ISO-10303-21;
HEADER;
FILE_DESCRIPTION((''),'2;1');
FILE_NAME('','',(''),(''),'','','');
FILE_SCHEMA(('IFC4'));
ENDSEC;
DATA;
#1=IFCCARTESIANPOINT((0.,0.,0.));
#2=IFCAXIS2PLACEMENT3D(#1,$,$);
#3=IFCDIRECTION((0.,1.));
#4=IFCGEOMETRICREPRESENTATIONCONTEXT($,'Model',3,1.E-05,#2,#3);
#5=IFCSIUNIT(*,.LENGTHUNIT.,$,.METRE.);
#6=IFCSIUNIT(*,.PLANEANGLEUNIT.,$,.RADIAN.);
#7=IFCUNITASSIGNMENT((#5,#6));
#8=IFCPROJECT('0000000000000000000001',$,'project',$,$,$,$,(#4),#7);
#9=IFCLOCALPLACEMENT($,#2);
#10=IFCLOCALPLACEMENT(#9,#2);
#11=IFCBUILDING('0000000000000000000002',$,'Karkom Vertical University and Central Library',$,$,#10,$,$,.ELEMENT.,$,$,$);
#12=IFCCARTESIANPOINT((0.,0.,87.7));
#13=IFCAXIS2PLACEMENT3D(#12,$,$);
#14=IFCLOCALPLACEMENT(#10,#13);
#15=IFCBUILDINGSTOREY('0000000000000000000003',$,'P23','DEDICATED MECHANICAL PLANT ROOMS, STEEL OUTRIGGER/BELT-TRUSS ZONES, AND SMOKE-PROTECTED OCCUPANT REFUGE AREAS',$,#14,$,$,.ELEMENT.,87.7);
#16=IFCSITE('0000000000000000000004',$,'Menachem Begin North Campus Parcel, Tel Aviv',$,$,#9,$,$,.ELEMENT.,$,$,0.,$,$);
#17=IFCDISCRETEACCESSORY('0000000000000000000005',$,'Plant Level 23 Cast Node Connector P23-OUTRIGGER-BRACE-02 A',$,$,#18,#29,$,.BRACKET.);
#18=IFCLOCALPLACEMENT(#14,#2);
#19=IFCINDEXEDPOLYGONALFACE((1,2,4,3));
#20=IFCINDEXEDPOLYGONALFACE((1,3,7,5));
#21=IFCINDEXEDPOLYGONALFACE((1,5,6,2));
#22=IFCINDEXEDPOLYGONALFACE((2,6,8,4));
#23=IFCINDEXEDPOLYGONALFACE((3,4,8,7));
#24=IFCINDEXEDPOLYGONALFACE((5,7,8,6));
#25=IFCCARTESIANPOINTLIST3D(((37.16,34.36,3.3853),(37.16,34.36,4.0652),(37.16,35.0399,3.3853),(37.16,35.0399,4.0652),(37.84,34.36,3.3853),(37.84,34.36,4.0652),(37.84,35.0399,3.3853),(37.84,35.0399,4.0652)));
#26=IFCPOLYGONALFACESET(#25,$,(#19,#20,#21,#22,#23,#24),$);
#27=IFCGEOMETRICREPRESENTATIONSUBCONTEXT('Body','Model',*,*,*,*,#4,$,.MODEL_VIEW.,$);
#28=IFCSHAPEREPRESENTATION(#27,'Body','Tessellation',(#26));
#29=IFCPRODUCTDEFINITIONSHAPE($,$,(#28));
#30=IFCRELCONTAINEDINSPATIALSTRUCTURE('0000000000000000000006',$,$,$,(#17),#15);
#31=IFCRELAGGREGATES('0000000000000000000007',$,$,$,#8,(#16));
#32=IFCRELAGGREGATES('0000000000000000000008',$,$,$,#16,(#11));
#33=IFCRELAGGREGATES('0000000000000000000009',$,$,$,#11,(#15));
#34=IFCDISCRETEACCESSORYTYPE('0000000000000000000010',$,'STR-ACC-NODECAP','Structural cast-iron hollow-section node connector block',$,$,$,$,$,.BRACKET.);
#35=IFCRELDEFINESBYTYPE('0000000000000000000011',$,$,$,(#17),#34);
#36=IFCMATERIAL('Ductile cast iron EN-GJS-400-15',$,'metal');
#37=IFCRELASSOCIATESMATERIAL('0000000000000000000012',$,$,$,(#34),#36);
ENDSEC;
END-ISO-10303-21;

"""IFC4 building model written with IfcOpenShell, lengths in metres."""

from ifc_helpers import new_model, si_unit, direction, frame, origin, origin_with_axes, origin_2d, place, context, subcontext, project, spatial, rectangle, extrude, source, transform, mapped, material, type_object, element, save


model = new_model("IFC4")

# Units and contexts
model_context = context("Model", 3, precision=1e-05, world=origin(), true_north=direction((0.0, 1.0)))
body_context = subcontext(model_context, "Body", "Model", "MODEL_VIEW")
ifc_project = project(units=[si_unit("LENGTHUNIT", "METRE"), si_unit("PLANEANGLEUNIT", "RADIAN")], contexts=[model_context])

# Site, building, storey
site_placement = place(None, origin())
site = spatial("IfcSite", under=ifc_project, at=site_placement, Name="Menachem Begin North Campus Parcel, Tel Aviv", CompositionType="ELEMENT", RefElevation=0.0)
building_placement = place(site_placement, origin())
building = spatial("IfcBuilding", under=site, at=building_placement, Name="Karkom Vertical University and Central Library", CompositionType="ELEMENT")
storey_placement = place(building_placement, frame((0.0, 0.0, 87.7)))
storey = spatial("IfcBuildingStorey", under=building, at=storey_placement, Name="P23", Description="DEDICATED MECHANICAL PLANT ROOMS, STEEL OUTRIGGER/BELT-TRUSS ZONES, AND SMOKE-PROTECTED OCCUPANT REFUGE AREAS", CompositionType="ELEMENT", Elevation=87.7)

# Discrete accessory
ifc_material_1 = material(Name="Ductile cast iron EN-GJS-400-15", Category="metal")
discrete_accessory_type = type_object("IfcDiscreteAccessoryType", Name="STR-ACC-NODECAP", Description="Structural cast-iron hollow-section node connector block", PredefinedType="BRACKET", material=ifc_material_1)
shared_shape_1 = source(origin_with_axes(), body_context, "Body", "SweptSolid", [
    extrude(rectangle(XDim=0.6799, YDim=0.6799, at=origin_2d()), origin(), (0.0, 0.0, 1.0), 0.6799),
])
discrete_accessory_placement = place(storey_placement, frame((37.5, 34.7, 3.3853), z_axis=(0.0, 0.0, 1.0), x_axis=(1.0, 0.0, 0.0)))
element("IfcDiscreteAccessory", 1, at=discrete_accessory_placement, inside=storey, type_object=discrete_accessory_type, Name="Plant Level 23 Cast Node Connector P23-OUTRIGGER-BRACE-02 A", PredefinedType="BRACKET", context=body_context, shape_type="MappedRepresentation", body=[
    mapped(shared_shape_1, transform((0.0, 0.0, 0.0), scale=1.0)),
])

save(model, "model.ifc")
